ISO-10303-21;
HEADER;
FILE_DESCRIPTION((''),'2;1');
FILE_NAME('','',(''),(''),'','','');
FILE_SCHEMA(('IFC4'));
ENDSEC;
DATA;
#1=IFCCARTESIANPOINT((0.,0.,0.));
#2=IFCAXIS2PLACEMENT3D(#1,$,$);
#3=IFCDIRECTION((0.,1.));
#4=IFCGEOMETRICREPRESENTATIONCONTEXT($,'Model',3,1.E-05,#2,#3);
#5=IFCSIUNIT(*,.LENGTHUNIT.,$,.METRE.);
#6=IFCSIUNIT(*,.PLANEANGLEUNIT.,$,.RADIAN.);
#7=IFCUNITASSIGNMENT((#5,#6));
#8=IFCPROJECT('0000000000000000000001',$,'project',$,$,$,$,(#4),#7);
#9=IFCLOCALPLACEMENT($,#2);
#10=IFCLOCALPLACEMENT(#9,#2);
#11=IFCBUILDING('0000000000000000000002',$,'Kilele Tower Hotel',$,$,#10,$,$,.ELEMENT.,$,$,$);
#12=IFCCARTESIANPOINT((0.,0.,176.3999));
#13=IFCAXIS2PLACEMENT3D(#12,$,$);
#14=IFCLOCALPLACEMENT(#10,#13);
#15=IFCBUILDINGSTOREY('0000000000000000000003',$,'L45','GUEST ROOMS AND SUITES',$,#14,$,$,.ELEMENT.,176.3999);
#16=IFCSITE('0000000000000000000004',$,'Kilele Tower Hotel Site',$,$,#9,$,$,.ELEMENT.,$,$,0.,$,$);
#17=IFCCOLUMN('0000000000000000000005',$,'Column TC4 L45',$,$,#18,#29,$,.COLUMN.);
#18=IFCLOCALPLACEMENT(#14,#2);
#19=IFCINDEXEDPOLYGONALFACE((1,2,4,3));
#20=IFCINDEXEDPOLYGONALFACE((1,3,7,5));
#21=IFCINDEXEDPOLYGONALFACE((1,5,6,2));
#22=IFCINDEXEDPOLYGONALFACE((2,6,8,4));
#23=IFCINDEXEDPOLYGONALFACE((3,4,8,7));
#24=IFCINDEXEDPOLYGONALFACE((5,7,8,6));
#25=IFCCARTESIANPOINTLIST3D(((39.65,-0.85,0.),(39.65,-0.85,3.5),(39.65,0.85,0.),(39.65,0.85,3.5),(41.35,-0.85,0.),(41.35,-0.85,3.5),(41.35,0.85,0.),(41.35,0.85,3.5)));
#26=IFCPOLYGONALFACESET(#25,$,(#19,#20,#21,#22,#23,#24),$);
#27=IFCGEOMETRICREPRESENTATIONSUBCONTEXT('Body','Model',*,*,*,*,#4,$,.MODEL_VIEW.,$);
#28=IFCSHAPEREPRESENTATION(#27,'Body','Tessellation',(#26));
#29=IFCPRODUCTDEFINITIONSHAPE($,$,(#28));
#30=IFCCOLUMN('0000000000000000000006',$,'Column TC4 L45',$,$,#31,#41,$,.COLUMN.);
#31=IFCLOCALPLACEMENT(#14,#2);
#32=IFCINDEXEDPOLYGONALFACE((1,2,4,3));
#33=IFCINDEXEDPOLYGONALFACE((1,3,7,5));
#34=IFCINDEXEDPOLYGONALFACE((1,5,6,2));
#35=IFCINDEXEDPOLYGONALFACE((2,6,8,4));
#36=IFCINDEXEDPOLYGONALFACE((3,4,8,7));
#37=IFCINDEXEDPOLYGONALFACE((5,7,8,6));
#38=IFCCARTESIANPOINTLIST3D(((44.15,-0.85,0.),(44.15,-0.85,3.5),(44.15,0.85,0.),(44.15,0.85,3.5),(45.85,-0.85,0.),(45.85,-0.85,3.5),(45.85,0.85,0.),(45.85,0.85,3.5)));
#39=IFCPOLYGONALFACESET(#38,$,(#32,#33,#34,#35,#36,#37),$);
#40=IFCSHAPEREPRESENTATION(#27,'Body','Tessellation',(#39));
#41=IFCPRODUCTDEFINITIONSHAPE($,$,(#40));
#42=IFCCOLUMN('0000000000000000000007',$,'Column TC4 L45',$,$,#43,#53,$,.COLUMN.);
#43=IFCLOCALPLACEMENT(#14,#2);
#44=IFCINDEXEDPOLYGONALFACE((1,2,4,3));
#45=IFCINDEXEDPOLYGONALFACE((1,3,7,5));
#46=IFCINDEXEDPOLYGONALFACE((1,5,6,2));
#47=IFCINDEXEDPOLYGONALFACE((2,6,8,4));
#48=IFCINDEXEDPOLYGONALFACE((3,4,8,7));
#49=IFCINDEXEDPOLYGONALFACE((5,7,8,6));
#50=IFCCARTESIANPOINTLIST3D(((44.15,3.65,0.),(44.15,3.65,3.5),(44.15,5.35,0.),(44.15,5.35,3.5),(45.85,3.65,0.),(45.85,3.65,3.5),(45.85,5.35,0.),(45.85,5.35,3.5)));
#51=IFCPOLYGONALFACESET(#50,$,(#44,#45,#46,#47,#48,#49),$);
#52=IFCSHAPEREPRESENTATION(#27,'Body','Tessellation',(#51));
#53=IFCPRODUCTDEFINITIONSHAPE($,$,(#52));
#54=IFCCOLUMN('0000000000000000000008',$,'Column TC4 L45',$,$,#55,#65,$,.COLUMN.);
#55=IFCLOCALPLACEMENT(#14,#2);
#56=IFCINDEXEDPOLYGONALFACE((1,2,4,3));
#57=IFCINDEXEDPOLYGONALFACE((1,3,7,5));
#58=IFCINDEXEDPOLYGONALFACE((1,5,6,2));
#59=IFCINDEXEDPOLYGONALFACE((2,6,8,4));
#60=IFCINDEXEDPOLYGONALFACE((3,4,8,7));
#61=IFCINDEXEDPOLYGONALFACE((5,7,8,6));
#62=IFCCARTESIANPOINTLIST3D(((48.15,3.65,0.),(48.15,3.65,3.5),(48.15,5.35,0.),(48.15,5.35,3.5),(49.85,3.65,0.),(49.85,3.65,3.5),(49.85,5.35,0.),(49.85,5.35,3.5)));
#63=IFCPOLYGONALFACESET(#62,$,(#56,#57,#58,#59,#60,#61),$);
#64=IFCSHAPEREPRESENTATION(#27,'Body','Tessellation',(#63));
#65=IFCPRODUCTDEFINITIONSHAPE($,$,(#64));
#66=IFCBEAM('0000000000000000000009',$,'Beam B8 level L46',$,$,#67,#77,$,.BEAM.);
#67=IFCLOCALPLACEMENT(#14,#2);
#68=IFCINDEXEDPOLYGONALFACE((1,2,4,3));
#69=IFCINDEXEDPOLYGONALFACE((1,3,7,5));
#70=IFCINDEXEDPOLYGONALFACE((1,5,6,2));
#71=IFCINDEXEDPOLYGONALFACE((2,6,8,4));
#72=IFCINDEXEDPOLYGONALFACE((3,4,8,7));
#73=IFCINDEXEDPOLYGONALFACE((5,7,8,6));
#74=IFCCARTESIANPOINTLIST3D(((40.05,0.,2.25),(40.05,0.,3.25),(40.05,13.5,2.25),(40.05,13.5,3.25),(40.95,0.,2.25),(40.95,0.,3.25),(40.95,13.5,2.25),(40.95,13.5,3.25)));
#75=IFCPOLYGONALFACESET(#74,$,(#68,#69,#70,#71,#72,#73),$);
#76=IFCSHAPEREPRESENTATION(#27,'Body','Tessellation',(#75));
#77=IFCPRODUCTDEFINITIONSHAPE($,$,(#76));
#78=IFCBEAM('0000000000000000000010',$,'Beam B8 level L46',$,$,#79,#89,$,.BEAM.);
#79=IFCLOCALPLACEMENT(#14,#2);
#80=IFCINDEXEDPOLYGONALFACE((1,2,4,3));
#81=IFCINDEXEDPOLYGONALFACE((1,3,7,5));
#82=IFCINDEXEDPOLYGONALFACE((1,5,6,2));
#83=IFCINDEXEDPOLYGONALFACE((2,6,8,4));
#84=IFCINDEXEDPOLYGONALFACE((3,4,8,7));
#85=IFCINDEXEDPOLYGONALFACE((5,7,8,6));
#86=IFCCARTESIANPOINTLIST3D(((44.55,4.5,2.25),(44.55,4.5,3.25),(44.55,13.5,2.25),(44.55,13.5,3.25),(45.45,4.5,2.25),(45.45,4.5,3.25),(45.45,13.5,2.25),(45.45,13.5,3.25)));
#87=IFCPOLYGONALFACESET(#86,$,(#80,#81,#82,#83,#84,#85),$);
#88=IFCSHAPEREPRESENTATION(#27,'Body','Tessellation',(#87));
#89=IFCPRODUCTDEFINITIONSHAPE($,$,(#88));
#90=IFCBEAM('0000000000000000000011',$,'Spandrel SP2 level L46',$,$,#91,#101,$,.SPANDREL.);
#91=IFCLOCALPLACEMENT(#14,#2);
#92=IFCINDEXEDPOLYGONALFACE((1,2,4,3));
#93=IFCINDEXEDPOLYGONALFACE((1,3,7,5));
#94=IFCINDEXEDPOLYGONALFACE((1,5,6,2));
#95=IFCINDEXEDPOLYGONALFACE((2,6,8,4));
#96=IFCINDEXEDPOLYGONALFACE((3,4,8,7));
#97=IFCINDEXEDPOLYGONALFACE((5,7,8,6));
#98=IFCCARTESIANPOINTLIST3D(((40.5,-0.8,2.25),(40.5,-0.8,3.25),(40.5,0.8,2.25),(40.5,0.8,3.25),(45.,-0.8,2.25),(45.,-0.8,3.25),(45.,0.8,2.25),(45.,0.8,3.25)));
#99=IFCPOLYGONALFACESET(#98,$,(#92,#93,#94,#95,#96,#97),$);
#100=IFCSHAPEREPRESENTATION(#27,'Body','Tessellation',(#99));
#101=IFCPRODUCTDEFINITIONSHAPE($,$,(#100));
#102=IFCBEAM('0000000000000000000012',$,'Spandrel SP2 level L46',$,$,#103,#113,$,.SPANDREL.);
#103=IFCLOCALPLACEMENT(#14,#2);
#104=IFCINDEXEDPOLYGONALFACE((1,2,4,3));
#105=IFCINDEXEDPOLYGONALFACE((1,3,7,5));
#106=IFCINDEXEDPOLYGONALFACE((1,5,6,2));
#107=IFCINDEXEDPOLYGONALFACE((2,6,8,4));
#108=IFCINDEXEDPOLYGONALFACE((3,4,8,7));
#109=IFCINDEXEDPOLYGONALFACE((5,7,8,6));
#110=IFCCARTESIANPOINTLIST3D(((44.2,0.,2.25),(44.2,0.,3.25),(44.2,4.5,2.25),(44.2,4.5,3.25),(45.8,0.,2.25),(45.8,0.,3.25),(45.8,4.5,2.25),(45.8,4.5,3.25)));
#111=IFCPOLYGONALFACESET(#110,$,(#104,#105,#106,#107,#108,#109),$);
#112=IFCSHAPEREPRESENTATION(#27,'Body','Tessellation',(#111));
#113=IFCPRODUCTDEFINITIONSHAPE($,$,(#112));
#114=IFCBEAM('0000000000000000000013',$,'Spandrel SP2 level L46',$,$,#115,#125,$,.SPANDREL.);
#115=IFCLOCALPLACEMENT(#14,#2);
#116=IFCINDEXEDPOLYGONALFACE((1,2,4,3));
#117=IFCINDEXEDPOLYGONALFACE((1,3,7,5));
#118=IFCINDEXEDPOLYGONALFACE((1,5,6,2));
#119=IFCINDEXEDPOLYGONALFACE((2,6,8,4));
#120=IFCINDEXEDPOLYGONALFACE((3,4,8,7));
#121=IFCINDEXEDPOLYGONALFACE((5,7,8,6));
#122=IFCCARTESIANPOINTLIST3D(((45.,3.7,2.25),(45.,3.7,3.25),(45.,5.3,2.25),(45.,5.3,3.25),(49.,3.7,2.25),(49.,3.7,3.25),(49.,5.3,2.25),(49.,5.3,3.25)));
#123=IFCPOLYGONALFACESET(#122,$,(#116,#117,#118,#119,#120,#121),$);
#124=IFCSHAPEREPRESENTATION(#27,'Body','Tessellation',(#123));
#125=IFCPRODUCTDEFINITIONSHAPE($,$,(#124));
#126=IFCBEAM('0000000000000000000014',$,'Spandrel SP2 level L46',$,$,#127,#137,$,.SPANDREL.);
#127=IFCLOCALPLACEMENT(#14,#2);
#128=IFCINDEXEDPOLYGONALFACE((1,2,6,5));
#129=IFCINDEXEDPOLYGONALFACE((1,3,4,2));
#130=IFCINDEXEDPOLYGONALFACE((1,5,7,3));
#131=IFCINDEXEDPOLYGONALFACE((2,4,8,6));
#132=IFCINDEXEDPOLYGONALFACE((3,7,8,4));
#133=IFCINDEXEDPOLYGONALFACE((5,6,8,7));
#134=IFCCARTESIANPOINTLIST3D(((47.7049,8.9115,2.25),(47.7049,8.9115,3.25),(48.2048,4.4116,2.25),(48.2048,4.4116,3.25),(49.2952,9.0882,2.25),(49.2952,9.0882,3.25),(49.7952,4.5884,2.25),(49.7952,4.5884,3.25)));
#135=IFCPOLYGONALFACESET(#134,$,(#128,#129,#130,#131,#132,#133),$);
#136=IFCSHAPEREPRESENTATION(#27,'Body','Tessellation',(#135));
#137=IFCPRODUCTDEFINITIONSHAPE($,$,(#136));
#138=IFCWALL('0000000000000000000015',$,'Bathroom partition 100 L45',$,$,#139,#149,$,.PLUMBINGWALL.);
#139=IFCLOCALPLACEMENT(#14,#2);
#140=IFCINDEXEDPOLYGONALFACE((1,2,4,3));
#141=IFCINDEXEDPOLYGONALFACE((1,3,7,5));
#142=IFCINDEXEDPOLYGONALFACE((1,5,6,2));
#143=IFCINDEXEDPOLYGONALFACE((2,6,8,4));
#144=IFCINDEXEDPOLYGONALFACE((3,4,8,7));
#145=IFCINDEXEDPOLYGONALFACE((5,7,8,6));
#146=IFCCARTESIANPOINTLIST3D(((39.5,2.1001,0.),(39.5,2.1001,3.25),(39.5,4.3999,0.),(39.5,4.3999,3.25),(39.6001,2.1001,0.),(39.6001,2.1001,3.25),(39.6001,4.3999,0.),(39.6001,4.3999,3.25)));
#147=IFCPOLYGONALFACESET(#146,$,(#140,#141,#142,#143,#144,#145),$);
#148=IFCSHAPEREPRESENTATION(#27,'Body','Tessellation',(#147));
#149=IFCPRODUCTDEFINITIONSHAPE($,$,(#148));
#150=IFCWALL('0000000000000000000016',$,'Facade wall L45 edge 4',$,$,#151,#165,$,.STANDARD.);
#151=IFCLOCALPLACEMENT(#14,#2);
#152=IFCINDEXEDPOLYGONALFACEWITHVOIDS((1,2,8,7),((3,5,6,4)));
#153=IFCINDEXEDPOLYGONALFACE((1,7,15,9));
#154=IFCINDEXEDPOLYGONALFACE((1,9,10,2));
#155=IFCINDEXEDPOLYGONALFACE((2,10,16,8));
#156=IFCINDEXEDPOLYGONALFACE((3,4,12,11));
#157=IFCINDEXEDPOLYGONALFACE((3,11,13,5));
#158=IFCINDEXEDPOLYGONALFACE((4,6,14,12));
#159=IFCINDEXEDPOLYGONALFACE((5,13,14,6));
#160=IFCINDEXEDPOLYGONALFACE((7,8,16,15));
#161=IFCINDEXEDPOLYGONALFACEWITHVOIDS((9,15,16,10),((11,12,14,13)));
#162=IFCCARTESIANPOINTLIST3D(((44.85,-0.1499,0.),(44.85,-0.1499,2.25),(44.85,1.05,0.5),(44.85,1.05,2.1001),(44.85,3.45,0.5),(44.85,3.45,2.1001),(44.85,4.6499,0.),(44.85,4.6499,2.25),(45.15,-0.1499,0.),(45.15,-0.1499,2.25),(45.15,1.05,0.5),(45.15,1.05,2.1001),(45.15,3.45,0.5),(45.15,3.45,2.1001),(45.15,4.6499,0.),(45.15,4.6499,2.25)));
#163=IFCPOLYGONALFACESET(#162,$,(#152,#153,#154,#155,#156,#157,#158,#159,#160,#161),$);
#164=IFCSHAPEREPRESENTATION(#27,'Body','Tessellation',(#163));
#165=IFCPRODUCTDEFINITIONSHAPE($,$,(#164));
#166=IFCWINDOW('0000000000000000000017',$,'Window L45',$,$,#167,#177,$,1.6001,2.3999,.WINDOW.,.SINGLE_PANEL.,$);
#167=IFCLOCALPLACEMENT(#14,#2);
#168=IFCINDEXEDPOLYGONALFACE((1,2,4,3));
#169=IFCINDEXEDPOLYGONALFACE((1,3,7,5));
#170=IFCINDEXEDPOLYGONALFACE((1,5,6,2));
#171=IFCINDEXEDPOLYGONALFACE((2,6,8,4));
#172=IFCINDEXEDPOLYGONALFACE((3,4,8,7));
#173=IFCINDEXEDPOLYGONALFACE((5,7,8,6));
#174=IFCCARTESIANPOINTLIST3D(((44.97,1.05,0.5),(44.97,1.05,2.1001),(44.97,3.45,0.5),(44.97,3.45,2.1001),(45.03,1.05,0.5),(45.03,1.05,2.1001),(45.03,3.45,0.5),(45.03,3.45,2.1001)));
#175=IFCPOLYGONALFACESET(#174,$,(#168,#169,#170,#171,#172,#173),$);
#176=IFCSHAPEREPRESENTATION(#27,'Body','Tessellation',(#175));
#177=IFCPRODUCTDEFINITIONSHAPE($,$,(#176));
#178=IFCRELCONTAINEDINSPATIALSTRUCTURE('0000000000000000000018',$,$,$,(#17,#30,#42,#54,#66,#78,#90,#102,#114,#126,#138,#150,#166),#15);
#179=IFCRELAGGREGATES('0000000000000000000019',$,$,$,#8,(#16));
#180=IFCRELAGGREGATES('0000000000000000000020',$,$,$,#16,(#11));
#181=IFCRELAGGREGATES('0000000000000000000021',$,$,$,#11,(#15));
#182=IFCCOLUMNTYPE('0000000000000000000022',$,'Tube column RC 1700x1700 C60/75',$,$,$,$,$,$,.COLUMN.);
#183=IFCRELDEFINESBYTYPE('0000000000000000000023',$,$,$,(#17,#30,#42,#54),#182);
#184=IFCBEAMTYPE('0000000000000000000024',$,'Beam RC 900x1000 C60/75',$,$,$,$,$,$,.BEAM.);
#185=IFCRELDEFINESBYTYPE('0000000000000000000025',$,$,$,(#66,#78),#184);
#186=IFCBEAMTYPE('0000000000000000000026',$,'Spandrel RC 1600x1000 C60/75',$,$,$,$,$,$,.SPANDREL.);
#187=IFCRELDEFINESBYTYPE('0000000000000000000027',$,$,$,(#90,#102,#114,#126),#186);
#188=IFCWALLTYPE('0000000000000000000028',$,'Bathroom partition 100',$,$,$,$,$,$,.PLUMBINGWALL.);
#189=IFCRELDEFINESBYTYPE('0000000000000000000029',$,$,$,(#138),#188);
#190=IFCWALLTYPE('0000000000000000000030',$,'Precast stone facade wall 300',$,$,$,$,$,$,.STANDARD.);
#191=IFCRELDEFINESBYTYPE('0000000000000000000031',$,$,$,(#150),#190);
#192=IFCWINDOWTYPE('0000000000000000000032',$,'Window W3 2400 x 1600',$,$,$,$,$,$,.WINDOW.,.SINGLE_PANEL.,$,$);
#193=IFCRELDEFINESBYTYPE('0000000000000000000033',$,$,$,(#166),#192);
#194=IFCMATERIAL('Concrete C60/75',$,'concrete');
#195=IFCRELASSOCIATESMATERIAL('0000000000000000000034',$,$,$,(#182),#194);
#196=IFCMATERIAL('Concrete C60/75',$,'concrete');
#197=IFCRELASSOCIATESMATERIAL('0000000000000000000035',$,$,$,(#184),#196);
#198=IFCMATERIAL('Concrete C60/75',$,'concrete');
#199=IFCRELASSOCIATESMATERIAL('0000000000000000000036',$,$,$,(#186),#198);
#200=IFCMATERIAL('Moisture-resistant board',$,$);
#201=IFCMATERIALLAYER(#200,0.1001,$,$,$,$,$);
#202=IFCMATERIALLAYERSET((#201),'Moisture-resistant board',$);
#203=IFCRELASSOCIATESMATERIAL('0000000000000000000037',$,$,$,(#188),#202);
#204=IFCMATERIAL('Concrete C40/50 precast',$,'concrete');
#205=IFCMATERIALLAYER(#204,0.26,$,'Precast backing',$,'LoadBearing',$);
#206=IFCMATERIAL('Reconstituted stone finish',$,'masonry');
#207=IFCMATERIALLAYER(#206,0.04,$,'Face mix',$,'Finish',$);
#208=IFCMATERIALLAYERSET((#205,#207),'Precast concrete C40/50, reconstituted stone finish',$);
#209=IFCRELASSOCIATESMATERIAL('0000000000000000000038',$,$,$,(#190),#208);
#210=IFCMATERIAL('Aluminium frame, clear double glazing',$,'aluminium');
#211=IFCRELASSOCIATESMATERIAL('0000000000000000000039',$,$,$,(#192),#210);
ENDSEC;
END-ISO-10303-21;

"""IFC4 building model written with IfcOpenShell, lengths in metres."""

from ifc_helpers import new_model, si_unit, direction, frame, frame_2d, origin, origin_2d, place, context, subcontext, project, spatial, rectangle, extrude, material, layer, layer_set, material_profile, profile_set, type_object, element, fill, save


model = new_model("IFC4")

# Units and contexts
model_context = context("Model", 3, precision=1e-05, world=origin(), true_north=direction((0.0, 1.0)))
body_context = subcontext(model_context, "Body", "Model", "MODEL_VIEW")
ifc_project = project(units=[si_unit("LENGTHUNIT", "METRE"), si_unit("PLANEANGLEUNIT", "RADIAN")], contexts=[model_context])

# Site, building, storey
site_placement = place(None, origin())
site = spatial("IfcSite", under=ifc_project, at=site_placement, Name="Kilele Tower Hotel Site", CompositionType="ELEMENT", RefElevation=0.0)
building_placement = place(site_placement, origin())
building = spatial("IfcBuilding", under=site, at=building_placement, Name="Kilele Tower Hotel", CompositionType="ELEMENT")
storey_placement = place(building_placement, frame((0.0, 0.0, 176.3999)))
storey = spatial("IfcBuildingStorey", under=building, at=storey_placement, Name="L45", Description="GUEST ROOMS AND SUITES", CompositionType="ELEMENT", Elevation=176.3999)

# Columns
ifc_material_1 = material(Name="Concrete C60/75", Category="concrete")
ifc_material_profile_1 = material_profile(ifc_material_1, rectangle(XDim=1.7, YDim=1.7, at=origin_2d()))
ifc_profile_set_1 = profile_set([ifc_material_profile_1], Name="Concrete C60/75")
column_type = type_object("IfcColumnType", Name="Tube column RC 1700x1700 C60/75", PredefinedType="COLUMN", material=ifc_profile_set_1)
for number, where, z_axis, x_axis, name in (
    (1, (40.5, 0.0, 0.0), (0.0, 0.0, 1.0), (1.0, 0.0, 0.0), "Column TC4 L45"),
    (2, (45.0, 0.0, 0.0), (0.0, 0.0, 1.0), (1.0, 0.0, 0.0), "Column TC4 L45"),
    (3, (45.0, 4.5, 0.0), (0.0, 0.0, 1.0), (1.0, 0.0, 0.0), "Column TC4 L45"),
    (4, (49.0, 4.5, 0.0), (0.0, 0.0, 1.0), (1.0, 0.0, 0.0), "Column TC4 L45"),
):
    element("IfcColumn", number, at=place(storey_placement, frame(where, z_axis=z_axis, x_axis=x_axis)), inside=storey, type_object=column_type, Name=name, PredefinedType="COLUMN", context=body_context, shape_type="SweptSolid", body=[
        extrude(rectangle(XDim=1.7, YDim=1.7, at=origin_2d()), origin(), (0.0, 0.0, 1.0), 3.5),
    ])

# Beams
ifc_material_2 = material(Name="Concrete C60/75", Category="concrete")
ifc_material_profile_2 = material_profile(ifc_material_2, rectangle(XDim=0.8999, YDim=1.0, at=origin_2d()))
ifc_profile_set_2 = profile_set([ifc_material_profile_2], Name="Concrete C60/75")
beam_type_1 = type_object("IfcBeamType", Name="Beam RC 900x1000 C60/75", PredefinedType="BEAM", material=ifc_profile_set_2)
beam_1_placement = place(storey_placement, frame((40.5, 0.0, 2.75), z_axis=(0.0, 1.0, 0.0), x_axis=(-1.0, 0.0, 0.0)))
element("IfcBeam", 5, at=beam_1_placement, inside=storey, type_object=beam_type_1, Name="Beam B8 level L46", PredefinedType="BEAM", context=body_context, shape_type="SweptSolid", body=[
    extrude(rectangle(XDim=0.8999, YDim=1.0, at=origin_2d()), origin(), (0.0, 0.0, 1.0), 13.5),
])
beam_2_placement = place(storey_placement, frame((45.0, 4.5, 2.75), z_axis=(0.0, 1.0, 0.0), x_axis=(-1.0, 0.0, 0.0)))
element("IfcBeam", 6, at=beam_2_placement, inside=storey, type_object=beam_type_1, Name="Beam B8 level L46", PredefinedType="BEAM", context=body_context, shape_type="SweptSolid", body=[
    extrude(rectangle(XDim=0.8999, YDim=1.0, at=origin_2d()), origin(), (0.0, 0.0, 1.0), 9.0),
])
ifc_material_3 = material(Name="Concrete C60/75", Category="concrete")
ifc_material_profile_3 = material_profile(ifc_material_3, rectangle(XDim=1.6001, YDim=1.0, at=origin_2d()))
ifc_profile_set_3 = profile_set([ifc_material_profile_3], Name="Concrete C60/75")
beam_type_2 = type_object("IfcBeamType", Name="Spandrel RC 1600x1000 C60/75", PredefinedType="SPANDREL", material=ifc_profile_set_3)
for number, where, z_axis, x_axis, name in (
    (7, (40.5, 0.0, 2.75), (1.0, 0.0, 0.0), (0.0, 1.0, 0.0), "Spandrel SP2 level L46"),
    (8, (45.0, 0.0, 2.75), (0.0, 1.0, 0.0), (-1.0, 0.0, 0.0), "Spandrel SP2 level L46"),
):
    element("IfcBeam", number, at=place(storey_placement, frame(where, z_axis=z_axis, x_axis=x_axis)), inside=storey, type_object=beam_type_2, Name=name, PredefinedType="SPANDREL", context=body_context, shape_type="SweptSolid", body=[
        extrude(rectangle(XDim=1.6001, YDim=1.0, at=origin_2d()), origin(), (0.0, 0.0, 1.0), 4.5),
    ])
beam_3_placement = place(storey_placement, frame((45.0, 4.5, 2.75), z_axis=(1.0, 0.0, 0.0), x_axis=(0.0, 1.0, 0.0)))
element("IfcBeam", 9, at=beam_3_placement, inside=storey, type_object=beam_type_2, Name="Spandrel SP2 level L46", PredefinedType="SPANDREL", context=body_context, shape_type="SweptSolid", body=[
    extrude(rectangle(XDim=1.6001, YDim=1.0, at=origin_2d()), origin(), (0.0, 0.0, 1.0), 4.0),
])
beam_4_placement = place(storey_placement, frame((49.0, 4.5, 2.75), z_axis=(-0.110432, 0.993884, 0.0), x_axis=(-0.993884, -0.110432, 0.0)))
element("IfcBeam", 10, at=beam_4_placement, inside=storey, type_object=beam_type_2, Name="Spandrel SP2 level L46", PredefinedType="SPANDREL", context=body_context, shape_type="SweptSolid", body=[
    extrude(rectangle(XDim=1.6001, YDim=1.0, at=origin_2d()), origin(), (0.0, 0.0, 1.0), 4.5276),
])

# Wall
ifc_material_4 = material(Name="Moisture-resistant board")
ifc_layer_1 = layer(ifc_material_4, 0.1001)
ifc_layer_set_1 = layer_set([ifc_layer_1], Name="Moisture-resistant board")
wall_type_1 = type_object("IfcWallType", Name="Bathroom partition 100", PredefinedType="PLUMBINGWALL", material=ifc_layer_set_1)
wall_1_placement = place(storey_placement, frame((39.55, 4.3999, 0.0), z_axis=(0.0, 0.0, 1.0), x_axis=(0.0, -1.0, 0.0)))
element("IfcWall", 11, at=wall_1_placement, inside=storey, type_object=wall_type_1, Name="Bathroom partition 100 L45", PredefinedType="PLUMBINGWALL", context=body_context, shape_type="SweptSolid", body=[
    extrude(rectangle(XDim=2.2998, YDim=0.1001, at=frame_2d((1.1499, 0.0))), origin(), (0.0, 0.0, 1.0), 3.25),
])

# Wall, opening, window
ifc_material_5 = material(Name="Concrete C40/50 precast", Category="concrete")
ifc_layer_2 = layer(ifc_material_5, 0.26, Name="Precast backing", Category="LoadBearing")
ifc_material_6 = material(Name="Reconstituted stone finish", Category="masonry")
ifc_layer_3 = layer(ifc_material_6, 0.04, Name="Face mix", Category="Finish")
ifc_layer_set_2 = layer_set([ifc_layer_2, ifc_layer_3], Name="Precast concrete C40/50, reconstituted stone finish")
wall_type_2 = type_object("IfcWallType", Name="Precast stone facade wall 300", PredefinedType="STANDARD", material=ifc_layer_set_2)
wall_2_placement = place(storey_placement, frame((45.0, -0.1499, 0.0), z_axis=(0.0, 0.0, 1.0), x_axis=(0.0, 1.0, 0.0)))
wall_2 = element("IfcWall", 12, at=wall_2_placement, inside=storey, type_object=wall_type_2, Name="Facade wall L45 edge 4", PredefinedType="STANDARD", context=body_context, shape_type="SweptSolid", body=[
    extrude(rectangle(XDim=4.7998, YDim=0.3, at=frame_2d((2.3999, 0.0))), origin(), (0.0, 0.0, 1.0), 2.25),
])
opening_1_placement = place(wall_2_placement, frame((1.2, 0.0, 0.5)))
opening_1 = element("IfcOpeningElement", 13, at=opening_1_placement, cuts=wall_2, PredefinedType="OPENING", context=body_context, shape_type="SweptSolid", body=[
    extrude(rectangle(XDim=2.3999, YDim=1.6001, at=frame_2d((1.2, 0.8))), frame((0.0, 0.1599, 0.0), z_axis=(0.0, -1.0, 0.0), x_axis=(1.0, 0.0, 0.0)), (0.0, 0.0, 1.0), 0.3201),
])
ifc_material_7 = material(Name="Aluminium frame, clear double glazing", Category="aluminium")
window_type_1 = type_object("IfcWindowType", Name="Window W3 2400 x 1600", PartitioningType="SINGLE_PANEL", PredefinedType="WINDOW", material=ifc_material_7)
window_1_placement = place(opening_1_placement, origin())
window_1 = element("IfcWindow", 14, at=window_1_placement, inside=storey, type_object=window_type_1, Name="Window L45", OverallHeight=1.6001, OverallWidth=2.3999, PartitioningType="SINGLE_PANEL", PredefinedType="WINDOW", context=body_context, shape_type="SweptSolid", body=[
    extrude(rectangle(XDim=2.3999, YDim=1.6001, at=frame_2d((1.2, 0.8))), frame((0.0, 0.03, 0.0), z_axis=(0.0, -1.0, 0.0), x_axis=(1.0, 0.0, 0.0)), (0.0, 0.0, 1.0), 0.0601),
])
fill(opening_1, window_1)

save(model, "model.ifc")
